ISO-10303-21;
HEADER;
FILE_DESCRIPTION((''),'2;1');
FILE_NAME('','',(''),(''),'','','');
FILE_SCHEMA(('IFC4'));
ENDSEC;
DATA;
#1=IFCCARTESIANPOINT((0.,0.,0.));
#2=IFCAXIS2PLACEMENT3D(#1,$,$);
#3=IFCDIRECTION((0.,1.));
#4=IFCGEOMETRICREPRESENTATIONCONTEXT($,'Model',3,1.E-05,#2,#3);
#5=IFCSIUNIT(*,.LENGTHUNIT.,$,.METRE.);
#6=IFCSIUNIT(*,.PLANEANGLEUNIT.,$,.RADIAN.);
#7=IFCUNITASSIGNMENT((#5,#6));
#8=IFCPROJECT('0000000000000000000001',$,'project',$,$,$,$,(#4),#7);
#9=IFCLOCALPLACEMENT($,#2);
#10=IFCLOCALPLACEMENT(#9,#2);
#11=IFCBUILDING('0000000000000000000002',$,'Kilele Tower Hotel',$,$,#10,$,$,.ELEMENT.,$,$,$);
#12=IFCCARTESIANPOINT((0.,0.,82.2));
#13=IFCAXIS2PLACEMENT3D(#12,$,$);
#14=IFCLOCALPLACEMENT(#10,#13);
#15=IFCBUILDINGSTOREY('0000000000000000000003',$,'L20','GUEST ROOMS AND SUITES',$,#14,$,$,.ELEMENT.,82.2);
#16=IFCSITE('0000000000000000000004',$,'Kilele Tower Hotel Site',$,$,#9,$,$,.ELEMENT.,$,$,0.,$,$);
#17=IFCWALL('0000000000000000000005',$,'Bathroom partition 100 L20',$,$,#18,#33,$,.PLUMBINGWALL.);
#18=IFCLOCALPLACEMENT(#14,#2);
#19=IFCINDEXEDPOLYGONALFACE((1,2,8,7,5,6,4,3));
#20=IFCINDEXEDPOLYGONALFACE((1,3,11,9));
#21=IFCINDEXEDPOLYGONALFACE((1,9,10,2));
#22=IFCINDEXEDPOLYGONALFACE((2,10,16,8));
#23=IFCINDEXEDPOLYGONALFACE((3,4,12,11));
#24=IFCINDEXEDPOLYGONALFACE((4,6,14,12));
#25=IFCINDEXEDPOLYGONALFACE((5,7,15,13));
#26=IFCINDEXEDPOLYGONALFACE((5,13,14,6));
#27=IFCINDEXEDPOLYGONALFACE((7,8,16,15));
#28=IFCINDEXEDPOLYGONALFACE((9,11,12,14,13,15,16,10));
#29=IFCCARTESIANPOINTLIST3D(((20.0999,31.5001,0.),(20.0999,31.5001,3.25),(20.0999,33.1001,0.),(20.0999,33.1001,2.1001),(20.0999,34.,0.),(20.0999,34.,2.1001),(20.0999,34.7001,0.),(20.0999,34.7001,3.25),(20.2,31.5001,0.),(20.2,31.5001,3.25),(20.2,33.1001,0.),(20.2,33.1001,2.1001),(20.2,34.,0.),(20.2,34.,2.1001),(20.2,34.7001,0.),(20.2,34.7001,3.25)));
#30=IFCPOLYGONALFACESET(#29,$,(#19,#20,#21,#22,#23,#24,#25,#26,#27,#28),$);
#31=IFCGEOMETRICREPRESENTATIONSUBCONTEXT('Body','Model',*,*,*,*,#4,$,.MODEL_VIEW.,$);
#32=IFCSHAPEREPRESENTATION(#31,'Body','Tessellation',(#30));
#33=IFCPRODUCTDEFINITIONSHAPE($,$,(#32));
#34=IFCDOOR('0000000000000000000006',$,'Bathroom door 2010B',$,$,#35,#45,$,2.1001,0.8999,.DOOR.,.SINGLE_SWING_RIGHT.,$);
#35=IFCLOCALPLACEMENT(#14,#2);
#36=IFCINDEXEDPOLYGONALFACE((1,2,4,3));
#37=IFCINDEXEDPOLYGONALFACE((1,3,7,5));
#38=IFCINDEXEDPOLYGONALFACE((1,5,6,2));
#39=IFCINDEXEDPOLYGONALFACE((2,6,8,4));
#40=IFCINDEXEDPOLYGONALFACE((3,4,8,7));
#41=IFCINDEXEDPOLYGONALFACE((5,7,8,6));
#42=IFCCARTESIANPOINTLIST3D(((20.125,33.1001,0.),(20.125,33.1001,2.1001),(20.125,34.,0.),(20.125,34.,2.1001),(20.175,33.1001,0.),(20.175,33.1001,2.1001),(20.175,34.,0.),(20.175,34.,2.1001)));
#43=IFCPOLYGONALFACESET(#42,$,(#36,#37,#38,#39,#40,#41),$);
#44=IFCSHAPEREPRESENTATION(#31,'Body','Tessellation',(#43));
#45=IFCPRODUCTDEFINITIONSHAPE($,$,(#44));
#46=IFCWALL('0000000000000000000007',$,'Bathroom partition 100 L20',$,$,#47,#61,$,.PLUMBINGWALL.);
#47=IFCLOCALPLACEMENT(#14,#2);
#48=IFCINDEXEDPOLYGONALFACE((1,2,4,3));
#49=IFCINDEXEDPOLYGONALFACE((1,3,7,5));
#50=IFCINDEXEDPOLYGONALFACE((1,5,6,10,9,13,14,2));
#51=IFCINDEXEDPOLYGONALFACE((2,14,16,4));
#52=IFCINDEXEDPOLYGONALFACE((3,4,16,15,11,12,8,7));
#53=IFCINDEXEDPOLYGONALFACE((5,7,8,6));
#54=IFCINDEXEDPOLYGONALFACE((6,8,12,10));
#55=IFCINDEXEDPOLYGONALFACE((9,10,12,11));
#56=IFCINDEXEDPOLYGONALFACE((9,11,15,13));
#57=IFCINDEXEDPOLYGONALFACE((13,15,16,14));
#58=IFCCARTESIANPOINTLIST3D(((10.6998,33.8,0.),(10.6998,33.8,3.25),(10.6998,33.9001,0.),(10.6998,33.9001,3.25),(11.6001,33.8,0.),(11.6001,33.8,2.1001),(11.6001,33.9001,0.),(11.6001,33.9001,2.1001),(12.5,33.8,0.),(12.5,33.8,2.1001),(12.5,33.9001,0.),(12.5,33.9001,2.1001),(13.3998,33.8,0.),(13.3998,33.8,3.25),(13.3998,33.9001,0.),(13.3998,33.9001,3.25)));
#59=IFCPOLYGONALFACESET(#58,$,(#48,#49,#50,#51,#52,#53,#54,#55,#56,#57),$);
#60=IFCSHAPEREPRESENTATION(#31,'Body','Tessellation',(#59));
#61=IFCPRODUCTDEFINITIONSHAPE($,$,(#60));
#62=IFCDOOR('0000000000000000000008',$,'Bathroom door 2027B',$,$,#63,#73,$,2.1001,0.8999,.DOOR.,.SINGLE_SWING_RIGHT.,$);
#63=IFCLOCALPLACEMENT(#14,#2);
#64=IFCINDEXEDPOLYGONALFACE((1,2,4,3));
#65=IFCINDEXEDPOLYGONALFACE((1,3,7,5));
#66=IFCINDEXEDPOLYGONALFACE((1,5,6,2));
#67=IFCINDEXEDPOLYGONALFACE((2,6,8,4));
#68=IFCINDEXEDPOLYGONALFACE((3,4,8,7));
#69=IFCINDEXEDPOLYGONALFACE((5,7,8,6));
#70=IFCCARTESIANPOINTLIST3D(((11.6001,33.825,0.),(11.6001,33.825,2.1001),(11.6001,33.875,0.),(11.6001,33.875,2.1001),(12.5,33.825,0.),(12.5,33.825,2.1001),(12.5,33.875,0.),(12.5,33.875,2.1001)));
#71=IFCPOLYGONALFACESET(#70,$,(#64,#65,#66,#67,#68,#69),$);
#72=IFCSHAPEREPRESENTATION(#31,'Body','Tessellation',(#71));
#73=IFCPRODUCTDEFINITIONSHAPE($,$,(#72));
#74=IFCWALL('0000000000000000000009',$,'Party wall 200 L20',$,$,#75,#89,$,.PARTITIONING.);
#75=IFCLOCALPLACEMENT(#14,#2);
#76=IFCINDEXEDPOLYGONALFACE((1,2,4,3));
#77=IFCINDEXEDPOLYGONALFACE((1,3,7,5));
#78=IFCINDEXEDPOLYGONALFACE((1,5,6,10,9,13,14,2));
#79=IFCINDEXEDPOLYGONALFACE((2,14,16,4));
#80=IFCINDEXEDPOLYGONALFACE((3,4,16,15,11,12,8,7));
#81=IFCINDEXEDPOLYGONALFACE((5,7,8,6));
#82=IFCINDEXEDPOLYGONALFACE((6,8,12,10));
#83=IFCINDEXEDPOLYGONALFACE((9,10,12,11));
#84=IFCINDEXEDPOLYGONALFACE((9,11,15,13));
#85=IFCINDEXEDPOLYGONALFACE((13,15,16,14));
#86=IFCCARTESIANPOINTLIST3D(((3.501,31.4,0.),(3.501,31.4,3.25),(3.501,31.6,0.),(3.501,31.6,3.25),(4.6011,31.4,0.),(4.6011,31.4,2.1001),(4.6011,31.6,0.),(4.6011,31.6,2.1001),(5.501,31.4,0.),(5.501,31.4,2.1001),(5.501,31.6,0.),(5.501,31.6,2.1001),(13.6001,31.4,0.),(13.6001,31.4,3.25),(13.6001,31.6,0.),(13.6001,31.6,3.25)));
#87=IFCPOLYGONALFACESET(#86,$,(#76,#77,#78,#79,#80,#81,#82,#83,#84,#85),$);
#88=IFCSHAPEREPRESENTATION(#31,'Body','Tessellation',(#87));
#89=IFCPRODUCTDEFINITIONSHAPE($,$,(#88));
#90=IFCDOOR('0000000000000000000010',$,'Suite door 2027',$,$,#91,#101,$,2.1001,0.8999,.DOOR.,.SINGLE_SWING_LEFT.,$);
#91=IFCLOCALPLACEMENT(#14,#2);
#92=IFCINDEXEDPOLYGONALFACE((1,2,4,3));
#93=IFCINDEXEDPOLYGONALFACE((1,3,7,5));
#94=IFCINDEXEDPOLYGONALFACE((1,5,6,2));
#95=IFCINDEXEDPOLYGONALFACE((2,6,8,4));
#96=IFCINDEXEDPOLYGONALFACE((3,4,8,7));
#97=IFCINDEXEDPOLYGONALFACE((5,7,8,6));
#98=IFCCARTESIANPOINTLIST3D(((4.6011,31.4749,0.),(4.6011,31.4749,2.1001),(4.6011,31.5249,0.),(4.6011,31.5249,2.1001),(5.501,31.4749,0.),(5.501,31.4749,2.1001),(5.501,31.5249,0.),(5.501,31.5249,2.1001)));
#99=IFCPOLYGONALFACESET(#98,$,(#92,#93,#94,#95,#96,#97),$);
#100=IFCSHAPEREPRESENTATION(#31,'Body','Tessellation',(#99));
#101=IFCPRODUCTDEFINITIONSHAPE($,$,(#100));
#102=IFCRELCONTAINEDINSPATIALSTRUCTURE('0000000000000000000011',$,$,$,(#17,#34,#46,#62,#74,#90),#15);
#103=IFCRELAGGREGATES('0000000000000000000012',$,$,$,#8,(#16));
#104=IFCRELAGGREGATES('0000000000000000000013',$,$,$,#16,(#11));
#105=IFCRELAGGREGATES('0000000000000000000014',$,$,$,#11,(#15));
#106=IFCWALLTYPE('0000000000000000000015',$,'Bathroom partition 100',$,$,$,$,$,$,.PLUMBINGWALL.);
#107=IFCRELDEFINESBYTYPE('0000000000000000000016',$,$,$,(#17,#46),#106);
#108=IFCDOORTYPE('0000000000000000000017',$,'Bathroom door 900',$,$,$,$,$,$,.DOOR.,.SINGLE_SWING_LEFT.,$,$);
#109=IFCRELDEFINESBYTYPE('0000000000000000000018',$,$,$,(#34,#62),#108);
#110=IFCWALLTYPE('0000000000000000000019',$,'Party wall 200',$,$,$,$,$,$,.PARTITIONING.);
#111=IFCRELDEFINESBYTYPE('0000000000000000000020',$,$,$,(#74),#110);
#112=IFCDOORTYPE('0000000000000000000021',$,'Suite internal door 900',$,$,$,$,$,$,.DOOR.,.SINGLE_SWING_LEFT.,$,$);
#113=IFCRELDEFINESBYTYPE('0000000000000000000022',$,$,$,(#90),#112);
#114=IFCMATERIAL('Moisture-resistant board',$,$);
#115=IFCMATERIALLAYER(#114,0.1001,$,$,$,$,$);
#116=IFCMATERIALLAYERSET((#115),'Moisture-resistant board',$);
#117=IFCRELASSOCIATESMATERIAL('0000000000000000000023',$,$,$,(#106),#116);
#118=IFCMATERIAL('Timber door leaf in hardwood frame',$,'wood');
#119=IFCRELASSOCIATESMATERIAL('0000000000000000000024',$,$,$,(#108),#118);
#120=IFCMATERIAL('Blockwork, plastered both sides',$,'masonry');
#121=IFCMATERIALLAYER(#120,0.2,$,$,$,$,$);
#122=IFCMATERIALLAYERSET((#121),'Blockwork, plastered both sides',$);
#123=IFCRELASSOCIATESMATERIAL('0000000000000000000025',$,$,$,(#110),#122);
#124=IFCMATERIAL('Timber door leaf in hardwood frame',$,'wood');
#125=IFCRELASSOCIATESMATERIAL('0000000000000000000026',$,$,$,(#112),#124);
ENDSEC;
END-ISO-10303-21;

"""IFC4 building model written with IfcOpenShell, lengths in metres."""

from ifc_helpers import new_model, si_unit, direction, frame, frame_2d, origin, place, context, subcontext, project, spatial, rectangle, extrude, material, layer, layer_set, type_object, element, fill, save


model = new_model("IFC4")

# Units and contexts
model_context = context("Model", 3, precision=1e-05, world=origin(), true_north=direction((0.0, 1.0)))
body_context = subcontext(model_context, "Body", "Model", "MODEL_VIEW")
ifc_project = project(units=[si_unit("LENGTHUNIT", "METRE"), si_unit("PLANEANGLEUNIT", "RADIAN")], contexts=[model_context])

# Site, building, storey
site_placement = place(None, origin())
site = spatial("IfcSite", under=ifc_project, at=site_placement, Name="Kilele Tower Hotel Site", CompositionType="ELEMENT", RefElevation=0.0)
building_placement = place(site_placement, origin())
building = spatial("IfcBuilding", under=site, at=building_placement, Name="Kilele Tower Hotel", CompositionType="ELEMENT")
storey_placement = place(building_placement, frame((0.0, 0.0, 82.2)))
storey = spatial("IfcBuildingStorey", under=building, at=storey_placement, Name="L20", Description="GUEST ROOMS AND SUITES", CompositionType="ELEMENT", Elevation=82.2)

# Shared definitions
ifc_material_1 = material(Name="Moisture-resistant board")
ifc_layer_1 = layer(ifc_material_1, 0.1001)
ifc_layer_set_1 = layer_set([ifc_layer_1], Name="Moisture-resistant board")
wall_type_1 = type_object("IfcWallType", Name="Bathroom partition 100", PredefinedType="PLUMBINGWALL", material=ifc_layer_set_1)

# Shared definitions
ifc_material_2 = material(Name="Timber door leaf in hardwood frame", Category="wood")
door_type_1 = type_object("IfcDoorType", Name="Bathroom door 900", OperationType="SINGLE_SWING_LEFT", PredefinedType="DOOR", material=ifc_material_2)

# Walls, openings, doors
wall_1_placement = place(storey_placement, frame((20.1499, 31.5, 0.0), z_axis=(0.0, 0.0, 1.0), x_axis=(0.0, 1.0, 0.0)))
wall_1 = element("IfcWall", 1, at=wall_1_placement, inside=storey, type_object=wall_type_1, Name="Bathroom partition 100 L20", PredefinedType="PLUMBINGWALL", context=body_context, shape_type="SweptSolid", body=[
    extrude(rectangle(XDim=3.2, YDim=0.1001, at=frame_2d((1.6001, 0.0))), origin(), (0.0, 0.0, 1.0), 3.25),
])
opening_1_placement = place(wall_1_placement, frame((1.6001, 0.0, 0.0)))
opening_1 = element("IfcOpeningElement", 2, at=opening_1_placement, cuts=wall_1, PredefinedType="OPENING", context=body_context, shape_type="SweptSolid", body=[
    extrude(rectangle(XDim=0.8999, YDim=2.1001, at=frame_2d((0.45, 1.05))), frame((0.0, 0.0601, 0.0), z_axis=(0.0, -1.0, 0.0), x_axis=(1.0, 0.0, 0.0)), (0.0, 0.0, 1.0), 0.1201),
])
door_1_placement = place(opening_1_placement, origin())
door_1 = element("IfcDoor", 3, at=door_1_placement, inside=storey, type_object=door_type_1, Name="Bathroom door 2010B", OperationType="SINGLE_SWING_RIGHT", OverallHeight=2.1001, OverallWidth=0.8999, PredefinedType="DOOR", context=body_context, shape_type="SweptSolid", body=[
    extrude(rectangle(XDim=0.8999, YDim=2.1001, at=frame_2d((0.45, 1.05))), frame((0.0, 0.0249, 0.0), z_axis=(0.0, -1.0, 0.0), x_axis=(1.0, 0.0, 0.0)), (0.0, 0.0, 1.0), 0.05),
])
fill(opening_1, door_1)
wall_2_placement = place(storey_placement, frame((13.3999, 33.8501, 0.0), z_axis=(0.0, 0.0, 1.0), x_axis=(-1.0, 0.0, 0.0)))
wall_2 = element("IfcWall", 4, at=wall_2_placement, inside=storey, type_object=wall_type_1, Name="Bathroom partition 100 L20", PredefinedType="PLUMBINGWALL", context=body_context, shape_type="SweptSolid", body=[
    extrude(rectangle(XDim=2.7, YDim=0.1001, at=frame_2d((1.3501, 0.0))), origin(), (0.0, 0.0, 1.0), 3.25),
])
opening_2_placement = place(wall_2_placement, frame((1.7998, 0.0, 0.0), z_axis=(0.0, 0.0, 1.0), x_axis=(-1.0, 0.0, 0.0)))
opening_2 = element("IfcOpeningElement", 5, at=opening_2_placement, cuts=wall_2, PredefinedType="OPENING", context=body_context, shape_type="SweptSolid", body=[
    extrude(rectangle(XDim=0.8999, YDim=2.1001, at=frame_2d((0.45, 1.05))), frame((0.0, 0.0601, 0.0), z_axis=(0.0, -1.0, 0.0), x_axis=(1.0, 0.0, 0.0)), (0.0, 0.0, 1.0), 0.1201),
])
door_2_placement = place(opening_2_placement, origin())
door_2 = element("IfcDoor", 6, at=door_2_placement, inside=storey, type_object=door_type_1, Name="Bathroom door 2027B", OperationType="SINGLE_SWING_RIGHT", OverallHeight=2.1001, OverallWidth=0.8999, PredefinedType="DOOR", context=body_context, shape_type="SweptSolid", body=[
    extrude(rectangle(XDim=0.8999, YDim=2.1001, at=frame_2d((0.45, 1.05))), frame((0.0, 0.0249, 0.0), z_axis=(0.0, -1.0, 0.0), x_axis=(1.0, 0.0, 0.0)), (0.0, 0.0, 1.0), 0.05),
])
fill(opening_2, door_2)
ifc_material_3 = material(Name="Blockwork, plastered both sides", Category="masonry")
ifc_layer_2 = layer(ifc_material_3, 0.2)
ifc_layer_set_2 = layer_set([ifc_layer_2], Name="Blockwork, plastered both sides")
wall_type_2 = type_object("IfcWallType", Name="Party wall 200", PredefinedType="PARTITIONING", material=ifc_layer_set_2)
wall_3_placement = place(storey_placement, frame((13.6001, 31.5, 0.0), z_axis=(0.0, 0.0, 1.0), x_axis=(-1.0, 0.0, 0.0)))
wall_3 = element("IfcWall", 7, at=wall_3_placement, inside=storey, type_object=wall_type_2, Name="Party wall 200 L20", PredefinedType="PARTITIONING", context=body_context, shape_type="SweptSolid", body=[
    extrude(rectangle(XDim=10.0991, YDim=0.2, at=frame_2d((5.0496, 0.0))), origin(), (0.0, 0.0, 1.0), 3.25),
])
opening_3_placement = place(wall_3_placement, frame((8.999, 0.0, 0.0), z_axis=(0.0, 0.0, 1.0), x_axis=(-1.0, 0.0, 0.0)))
opening_3 = element("IfcOpeningElement", 8, at=opening_3_placement, cuts=wall_3, PredefinedType="OPENING", context=body_context, shape_type="SweptSolid", body=[
    extrude(rectangle(XDim=0.8999, YDim=2.1001, at=frame_2d((0.45, 1.05))), frame((0.0, 0.1099, 0.0), z_axis=(0.0, -1.0, 0.0), x_axis=(1.0, 0.0, 0.0)), (0.0, 0.0, 1.0), 0.22),
])
ifc_material_4 = material(Name="Timber door leaf in hardwood frame", Category="wood")
door_type_2 = type_object("IfcDoorType", Name="Suite internal door 900", OperationType="SINGLE_SWING_LEFT", PredefinedType="DOOR", material=ifc_material_4)
door_3_placement = place(opening_3_placement, origin())
door_3 = element("IfcDoor", 9, at=door_3_placement, inside=storey, type_object=door_type_2, Name="Suite door 2027", OperationType="SINGLE_SWING_LEFT", OverallHeight=2.1001, OverallWidth=0.8999, PredefinedType="DOOR", context=body_context, shape_type="SweptSolid", body=[
    extrude(rectangle(XDim=0.8999, YDim=2.1001, at=frame_2d((0.45, 1.05))), frame((0.0, 0.0249, 0.0), z_axis=(0.0, -1.0, 0.0), x_axis=(1.0, 0.0, 0.0)), (0.0, 0.0, 1.0), 0.05),
])
fill(opening_3, door_3)

save(model, "model.ifc")
